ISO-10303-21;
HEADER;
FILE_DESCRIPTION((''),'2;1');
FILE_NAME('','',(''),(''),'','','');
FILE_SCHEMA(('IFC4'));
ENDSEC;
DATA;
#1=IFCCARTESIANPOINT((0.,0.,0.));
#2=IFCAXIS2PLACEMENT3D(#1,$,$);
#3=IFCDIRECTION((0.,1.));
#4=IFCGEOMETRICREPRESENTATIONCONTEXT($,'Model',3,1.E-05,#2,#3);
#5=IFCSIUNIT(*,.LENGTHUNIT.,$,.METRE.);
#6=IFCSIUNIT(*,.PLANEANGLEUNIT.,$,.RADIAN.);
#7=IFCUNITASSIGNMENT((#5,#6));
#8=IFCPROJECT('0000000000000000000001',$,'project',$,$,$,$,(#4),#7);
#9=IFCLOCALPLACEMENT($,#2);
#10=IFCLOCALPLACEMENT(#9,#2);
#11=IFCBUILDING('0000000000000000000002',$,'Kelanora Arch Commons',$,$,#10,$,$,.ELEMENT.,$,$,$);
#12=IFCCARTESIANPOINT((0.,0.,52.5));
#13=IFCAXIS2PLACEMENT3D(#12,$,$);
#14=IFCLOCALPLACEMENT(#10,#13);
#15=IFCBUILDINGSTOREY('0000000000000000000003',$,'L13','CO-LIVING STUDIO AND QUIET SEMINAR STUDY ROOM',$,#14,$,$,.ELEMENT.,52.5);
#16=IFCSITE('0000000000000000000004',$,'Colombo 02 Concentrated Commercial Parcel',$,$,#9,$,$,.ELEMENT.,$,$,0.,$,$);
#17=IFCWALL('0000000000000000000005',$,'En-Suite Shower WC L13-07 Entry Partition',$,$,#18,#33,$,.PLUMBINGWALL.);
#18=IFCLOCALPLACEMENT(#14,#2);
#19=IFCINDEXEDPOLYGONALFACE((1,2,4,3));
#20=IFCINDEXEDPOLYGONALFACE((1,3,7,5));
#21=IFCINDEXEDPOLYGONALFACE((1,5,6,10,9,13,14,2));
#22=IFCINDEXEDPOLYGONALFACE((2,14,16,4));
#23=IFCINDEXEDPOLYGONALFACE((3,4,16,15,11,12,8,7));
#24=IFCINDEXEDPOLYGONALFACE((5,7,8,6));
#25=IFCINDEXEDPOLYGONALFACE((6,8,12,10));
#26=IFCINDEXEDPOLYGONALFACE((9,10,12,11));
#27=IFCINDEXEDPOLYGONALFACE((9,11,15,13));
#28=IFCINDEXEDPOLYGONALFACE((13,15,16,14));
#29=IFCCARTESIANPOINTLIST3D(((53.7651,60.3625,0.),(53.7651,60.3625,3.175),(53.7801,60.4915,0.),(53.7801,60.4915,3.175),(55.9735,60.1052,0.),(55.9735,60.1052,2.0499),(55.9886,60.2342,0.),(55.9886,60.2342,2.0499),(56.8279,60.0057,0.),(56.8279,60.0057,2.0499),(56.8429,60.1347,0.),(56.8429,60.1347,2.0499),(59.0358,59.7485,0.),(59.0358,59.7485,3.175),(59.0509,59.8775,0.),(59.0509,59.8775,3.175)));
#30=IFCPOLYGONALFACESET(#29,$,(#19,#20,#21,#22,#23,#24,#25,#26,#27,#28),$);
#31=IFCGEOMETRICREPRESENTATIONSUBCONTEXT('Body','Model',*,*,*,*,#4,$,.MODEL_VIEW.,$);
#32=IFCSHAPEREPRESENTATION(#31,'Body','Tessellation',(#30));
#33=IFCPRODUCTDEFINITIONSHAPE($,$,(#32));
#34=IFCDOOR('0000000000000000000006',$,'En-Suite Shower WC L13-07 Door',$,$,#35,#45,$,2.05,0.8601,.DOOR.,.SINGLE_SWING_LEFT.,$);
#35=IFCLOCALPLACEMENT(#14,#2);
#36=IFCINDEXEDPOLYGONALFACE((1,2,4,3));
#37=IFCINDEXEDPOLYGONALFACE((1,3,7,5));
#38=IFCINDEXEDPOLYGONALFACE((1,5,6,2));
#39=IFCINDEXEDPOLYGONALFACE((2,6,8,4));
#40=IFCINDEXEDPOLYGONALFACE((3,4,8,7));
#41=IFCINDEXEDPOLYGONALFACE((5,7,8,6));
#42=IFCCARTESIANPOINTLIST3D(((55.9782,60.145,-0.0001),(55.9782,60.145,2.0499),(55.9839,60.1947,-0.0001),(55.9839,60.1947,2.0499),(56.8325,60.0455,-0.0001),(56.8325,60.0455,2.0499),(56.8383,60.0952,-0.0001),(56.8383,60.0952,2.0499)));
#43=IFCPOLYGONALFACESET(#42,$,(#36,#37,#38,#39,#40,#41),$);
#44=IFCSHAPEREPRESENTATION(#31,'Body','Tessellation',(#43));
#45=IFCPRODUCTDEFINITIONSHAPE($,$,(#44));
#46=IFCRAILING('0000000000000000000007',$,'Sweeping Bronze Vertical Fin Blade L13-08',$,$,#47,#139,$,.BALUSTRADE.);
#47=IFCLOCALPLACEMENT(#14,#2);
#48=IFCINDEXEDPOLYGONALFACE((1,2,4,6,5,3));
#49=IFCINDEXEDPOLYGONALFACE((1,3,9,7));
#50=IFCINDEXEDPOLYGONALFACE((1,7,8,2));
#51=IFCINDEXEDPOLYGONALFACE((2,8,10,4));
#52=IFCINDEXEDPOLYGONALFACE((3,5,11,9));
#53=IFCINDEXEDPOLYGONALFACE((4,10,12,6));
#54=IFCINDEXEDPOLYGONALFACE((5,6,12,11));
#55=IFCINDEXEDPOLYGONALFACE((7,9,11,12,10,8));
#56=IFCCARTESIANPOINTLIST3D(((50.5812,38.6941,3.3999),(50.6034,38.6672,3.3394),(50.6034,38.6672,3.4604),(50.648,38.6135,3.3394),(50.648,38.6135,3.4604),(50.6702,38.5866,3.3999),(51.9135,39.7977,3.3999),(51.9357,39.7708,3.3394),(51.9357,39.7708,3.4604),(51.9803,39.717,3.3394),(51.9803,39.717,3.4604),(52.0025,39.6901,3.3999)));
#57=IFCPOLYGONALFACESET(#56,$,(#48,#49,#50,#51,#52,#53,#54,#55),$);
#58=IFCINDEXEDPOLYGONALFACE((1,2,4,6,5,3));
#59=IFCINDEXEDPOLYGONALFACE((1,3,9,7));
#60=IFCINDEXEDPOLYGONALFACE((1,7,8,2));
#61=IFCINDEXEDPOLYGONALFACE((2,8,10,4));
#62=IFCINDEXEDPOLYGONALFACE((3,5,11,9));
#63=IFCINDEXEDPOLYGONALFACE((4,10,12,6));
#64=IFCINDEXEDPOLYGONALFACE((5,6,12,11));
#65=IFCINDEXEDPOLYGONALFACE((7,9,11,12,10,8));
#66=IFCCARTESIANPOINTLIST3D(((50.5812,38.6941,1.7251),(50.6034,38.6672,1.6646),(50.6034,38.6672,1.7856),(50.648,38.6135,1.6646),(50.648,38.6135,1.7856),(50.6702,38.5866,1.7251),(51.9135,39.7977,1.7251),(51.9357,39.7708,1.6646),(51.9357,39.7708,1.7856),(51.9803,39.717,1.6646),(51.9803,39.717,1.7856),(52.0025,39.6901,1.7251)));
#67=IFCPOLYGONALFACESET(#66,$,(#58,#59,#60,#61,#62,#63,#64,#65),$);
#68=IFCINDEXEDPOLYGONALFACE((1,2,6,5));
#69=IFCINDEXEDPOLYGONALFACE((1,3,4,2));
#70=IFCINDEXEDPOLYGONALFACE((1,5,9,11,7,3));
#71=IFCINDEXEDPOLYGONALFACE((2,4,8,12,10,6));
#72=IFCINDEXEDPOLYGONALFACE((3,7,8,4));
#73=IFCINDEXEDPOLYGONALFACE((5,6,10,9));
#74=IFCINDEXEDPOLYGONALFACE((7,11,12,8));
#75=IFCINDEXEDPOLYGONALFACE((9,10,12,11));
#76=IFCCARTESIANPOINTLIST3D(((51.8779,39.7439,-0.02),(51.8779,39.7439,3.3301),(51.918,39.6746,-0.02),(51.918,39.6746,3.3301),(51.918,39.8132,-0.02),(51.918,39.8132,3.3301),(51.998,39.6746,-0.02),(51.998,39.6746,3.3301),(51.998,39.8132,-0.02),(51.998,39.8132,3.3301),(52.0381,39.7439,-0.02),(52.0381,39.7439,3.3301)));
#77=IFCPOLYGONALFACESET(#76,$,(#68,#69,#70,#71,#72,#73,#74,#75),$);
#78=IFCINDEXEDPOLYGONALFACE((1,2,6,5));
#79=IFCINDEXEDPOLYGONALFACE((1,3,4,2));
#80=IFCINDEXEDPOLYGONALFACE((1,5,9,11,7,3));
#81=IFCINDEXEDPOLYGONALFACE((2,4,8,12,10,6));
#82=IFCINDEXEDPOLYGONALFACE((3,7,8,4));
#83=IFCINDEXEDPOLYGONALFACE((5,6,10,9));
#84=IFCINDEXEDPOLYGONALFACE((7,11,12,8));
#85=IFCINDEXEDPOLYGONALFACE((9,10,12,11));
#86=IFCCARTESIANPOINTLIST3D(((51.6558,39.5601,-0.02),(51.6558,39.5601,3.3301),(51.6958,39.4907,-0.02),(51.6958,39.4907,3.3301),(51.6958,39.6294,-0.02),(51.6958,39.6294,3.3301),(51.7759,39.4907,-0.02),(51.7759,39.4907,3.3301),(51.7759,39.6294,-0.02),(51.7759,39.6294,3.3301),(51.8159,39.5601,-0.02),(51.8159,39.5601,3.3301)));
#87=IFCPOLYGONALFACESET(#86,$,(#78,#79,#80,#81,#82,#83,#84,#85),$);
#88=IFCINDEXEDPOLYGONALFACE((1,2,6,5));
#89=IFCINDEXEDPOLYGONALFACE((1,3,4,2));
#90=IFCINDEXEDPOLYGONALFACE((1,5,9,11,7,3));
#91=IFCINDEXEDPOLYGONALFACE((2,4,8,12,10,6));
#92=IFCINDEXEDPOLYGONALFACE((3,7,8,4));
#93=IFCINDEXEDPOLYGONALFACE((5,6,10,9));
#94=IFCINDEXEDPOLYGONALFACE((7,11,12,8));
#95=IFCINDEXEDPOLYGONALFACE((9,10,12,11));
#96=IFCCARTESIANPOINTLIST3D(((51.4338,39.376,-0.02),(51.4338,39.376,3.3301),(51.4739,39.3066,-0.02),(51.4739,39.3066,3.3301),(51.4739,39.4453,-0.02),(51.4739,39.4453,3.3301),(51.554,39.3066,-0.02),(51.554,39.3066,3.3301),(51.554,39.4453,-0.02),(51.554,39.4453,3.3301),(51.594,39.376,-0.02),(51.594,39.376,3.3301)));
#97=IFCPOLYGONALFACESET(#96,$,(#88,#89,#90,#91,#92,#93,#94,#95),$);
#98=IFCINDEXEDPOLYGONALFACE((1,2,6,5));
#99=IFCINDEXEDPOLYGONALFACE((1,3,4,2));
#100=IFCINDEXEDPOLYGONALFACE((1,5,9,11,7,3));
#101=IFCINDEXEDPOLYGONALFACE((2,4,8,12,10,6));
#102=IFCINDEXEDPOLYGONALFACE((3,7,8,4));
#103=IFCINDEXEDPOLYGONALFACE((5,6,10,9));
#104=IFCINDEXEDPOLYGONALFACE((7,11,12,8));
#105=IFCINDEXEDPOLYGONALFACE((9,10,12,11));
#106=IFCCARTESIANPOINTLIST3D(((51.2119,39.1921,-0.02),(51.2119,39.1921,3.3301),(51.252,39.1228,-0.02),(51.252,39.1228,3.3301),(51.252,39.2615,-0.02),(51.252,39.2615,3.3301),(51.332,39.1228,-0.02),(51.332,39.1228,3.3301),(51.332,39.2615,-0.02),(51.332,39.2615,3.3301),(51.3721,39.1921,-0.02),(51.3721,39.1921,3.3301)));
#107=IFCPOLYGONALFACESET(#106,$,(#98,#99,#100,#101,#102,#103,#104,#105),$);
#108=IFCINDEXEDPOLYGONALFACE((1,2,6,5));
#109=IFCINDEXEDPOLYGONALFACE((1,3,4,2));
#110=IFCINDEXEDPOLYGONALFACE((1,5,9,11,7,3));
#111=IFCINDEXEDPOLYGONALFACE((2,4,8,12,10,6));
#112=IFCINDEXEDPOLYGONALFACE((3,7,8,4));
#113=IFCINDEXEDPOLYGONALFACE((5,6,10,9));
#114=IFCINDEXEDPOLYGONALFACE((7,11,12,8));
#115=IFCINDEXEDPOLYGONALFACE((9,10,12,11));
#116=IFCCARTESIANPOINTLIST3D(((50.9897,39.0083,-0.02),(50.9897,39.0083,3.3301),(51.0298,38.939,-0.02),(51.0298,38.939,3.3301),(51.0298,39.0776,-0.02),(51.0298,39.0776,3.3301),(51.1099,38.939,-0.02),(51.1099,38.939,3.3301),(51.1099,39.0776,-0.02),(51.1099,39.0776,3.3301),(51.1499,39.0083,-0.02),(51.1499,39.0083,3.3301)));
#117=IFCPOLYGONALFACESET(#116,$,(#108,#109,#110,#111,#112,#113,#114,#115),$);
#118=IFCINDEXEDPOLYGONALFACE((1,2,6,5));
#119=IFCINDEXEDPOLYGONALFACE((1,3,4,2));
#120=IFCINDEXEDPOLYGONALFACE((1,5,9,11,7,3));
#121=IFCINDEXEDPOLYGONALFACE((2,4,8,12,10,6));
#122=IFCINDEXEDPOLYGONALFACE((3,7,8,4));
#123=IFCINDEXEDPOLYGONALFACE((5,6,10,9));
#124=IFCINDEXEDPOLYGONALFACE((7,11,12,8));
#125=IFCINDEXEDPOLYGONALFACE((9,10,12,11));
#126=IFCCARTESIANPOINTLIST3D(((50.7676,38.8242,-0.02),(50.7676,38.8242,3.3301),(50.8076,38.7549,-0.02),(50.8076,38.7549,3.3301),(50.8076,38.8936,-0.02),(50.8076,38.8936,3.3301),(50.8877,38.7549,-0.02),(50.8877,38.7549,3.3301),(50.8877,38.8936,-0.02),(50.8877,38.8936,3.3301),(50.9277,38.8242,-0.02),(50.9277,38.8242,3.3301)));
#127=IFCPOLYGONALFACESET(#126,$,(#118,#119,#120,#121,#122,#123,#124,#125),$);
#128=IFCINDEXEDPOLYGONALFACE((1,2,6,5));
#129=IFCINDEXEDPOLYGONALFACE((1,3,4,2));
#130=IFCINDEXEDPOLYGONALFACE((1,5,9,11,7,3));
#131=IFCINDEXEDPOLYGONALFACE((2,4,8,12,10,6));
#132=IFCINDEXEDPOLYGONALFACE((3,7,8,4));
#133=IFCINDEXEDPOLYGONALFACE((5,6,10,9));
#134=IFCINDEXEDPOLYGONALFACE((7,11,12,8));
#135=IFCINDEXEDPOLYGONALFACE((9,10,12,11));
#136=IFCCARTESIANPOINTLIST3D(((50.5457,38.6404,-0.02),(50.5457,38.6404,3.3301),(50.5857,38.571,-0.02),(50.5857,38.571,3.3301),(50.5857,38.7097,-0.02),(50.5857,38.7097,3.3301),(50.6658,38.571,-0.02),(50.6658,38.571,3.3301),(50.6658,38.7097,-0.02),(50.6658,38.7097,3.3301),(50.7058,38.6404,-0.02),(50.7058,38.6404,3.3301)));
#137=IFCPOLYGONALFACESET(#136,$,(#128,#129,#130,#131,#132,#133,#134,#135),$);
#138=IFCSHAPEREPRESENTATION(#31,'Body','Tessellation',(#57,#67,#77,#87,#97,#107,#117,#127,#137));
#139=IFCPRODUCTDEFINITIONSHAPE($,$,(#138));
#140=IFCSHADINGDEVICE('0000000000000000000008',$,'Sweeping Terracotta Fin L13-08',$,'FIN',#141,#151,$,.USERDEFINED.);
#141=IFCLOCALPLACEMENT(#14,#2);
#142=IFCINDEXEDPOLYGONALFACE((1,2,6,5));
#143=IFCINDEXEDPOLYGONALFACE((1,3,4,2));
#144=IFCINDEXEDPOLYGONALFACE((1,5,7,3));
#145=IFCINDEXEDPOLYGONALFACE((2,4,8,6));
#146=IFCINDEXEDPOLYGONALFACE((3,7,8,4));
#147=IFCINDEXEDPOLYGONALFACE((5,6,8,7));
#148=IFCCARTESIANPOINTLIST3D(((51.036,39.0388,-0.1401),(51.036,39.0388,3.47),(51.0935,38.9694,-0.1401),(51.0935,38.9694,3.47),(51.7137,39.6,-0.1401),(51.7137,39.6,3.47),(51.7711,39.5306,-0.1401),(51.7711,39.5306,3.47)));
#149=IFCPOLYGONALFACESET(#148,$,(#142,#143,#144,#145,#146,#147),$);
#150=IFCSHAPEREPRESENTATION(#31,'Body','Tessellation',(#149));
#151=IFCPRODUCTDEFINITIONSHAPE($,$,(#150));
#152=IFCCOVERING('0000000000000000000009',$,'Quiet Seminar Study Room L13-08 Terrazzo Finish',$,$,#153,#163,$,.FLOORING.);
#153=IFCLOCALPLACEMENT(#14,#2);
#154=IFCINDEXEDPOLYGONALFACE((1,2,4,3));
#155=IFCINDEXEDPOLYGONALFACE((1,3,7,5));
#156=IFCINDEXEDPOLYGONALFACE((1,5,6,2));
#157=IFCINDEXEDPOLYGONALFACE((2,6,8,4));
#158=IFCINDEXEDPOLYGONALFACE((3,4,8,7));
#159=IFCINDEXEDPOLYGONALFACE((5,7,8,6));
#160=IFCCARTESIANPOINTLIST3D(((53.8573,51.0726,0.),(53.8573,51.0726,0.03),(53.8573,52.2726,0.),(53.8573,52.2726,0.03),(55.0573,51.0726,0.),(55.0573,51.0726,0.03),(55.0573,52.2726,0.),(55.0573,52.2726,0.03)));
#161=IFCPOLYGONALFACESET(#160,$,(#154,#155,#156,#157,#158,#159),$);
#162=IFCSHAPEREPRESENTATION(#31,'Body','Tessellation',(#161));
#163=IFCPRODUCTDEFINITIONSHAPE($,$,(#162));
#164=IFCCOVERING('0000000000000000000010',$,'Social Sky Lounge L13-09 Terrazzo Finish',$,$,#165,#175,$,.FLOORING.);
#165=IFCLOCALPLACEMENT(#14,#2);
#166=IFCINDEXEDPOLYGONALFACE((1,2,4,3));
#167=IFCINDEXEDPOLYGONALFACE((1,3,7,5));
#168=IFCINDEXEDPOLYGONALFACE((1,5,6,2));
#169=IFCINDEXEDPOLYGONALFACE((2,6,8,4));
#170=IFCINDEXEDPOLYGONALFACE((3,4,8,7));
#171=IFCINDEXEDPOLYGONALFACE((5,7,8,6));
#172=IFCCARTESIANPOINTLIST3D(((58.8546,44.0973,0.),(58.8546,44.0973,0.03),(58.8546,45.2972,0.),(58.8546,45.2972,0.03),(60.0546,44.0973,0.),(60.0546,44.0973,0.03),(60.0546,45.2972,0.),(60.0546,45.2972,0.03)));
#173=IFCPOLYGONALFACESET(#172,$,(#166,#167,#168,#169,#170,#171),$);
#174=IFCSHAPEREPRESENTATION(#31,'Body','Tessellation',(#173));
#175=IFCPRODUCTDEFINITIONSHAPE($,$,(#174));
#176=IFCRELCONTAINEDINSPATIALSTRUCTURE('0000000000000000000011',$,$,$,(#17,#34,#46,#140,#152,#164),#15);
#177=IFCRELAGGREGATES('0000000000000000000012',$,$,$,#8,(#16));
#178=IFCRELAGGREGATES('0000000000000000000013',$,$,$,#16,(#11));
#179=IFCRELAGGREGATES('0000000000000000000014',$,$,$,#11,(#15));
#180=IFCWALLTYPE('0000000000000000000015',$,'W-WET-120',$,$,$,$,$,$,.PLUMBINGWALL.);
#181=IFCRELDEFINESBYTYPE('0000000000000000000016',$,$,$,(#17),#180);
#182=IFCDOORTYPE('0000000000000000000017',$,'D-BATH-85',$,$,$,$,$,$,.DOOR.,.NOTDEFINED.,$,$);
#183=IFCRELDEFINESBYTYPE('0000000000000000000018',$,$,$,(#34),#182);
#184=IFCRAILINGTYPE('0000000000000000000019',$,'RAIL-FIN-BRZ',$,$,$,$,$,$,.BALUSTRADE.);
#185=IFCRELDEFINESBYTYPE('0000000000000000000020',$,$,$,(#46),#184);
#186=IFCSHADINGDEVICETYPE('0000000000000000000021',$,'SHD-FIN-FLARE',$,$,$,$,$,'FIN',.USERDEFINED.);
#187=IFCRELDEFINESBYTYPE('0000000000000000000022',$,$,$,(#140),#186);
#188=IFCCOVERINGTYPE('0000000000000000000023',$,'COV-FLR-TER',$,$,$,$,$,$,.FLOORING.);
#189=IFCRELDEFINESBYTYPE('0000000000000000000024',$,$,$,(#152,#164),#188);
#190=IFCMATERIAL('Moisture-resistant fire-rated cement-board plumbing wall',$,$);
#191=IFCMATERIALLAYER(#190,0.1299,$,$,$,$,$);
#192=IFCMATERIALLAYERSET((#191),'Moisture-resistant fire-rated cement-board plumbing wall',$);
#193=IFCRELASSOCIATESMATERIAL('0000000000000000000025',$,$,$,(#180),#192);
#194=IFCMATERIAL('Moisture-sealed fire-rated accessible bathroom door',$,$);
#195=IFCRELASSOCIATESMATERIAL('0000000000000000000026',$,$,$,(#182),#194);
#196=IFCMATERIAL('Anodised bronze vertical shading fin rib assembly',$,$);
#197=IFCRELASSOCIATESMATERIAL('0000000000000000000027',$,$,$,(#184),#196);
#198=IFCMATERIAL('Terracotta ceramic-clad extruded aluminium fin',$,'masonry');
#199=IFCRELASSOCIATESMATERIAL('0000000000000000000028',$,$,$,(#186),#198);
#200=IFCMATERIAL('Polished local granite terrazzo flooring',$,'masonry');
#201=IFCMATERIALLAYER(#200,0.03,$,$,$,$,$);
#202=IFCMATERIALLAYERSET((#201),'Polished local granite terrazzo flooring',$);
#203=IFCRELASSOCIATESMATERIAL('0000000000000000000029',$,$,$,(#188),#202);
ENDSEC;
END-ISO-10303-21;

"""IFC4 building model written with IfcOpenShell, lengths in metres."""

from ifc_helpers import new_model, si_unit, direction, frame, frame_2d, origin, origin_2d, place, context, subcontext, project, spatial, polyline, rectangle, outline, extrude, source, transform, mapped, material, layer, layer_set, type_object, element, fill, save


model = new_model("IFC4")

# Units and contexts
model_context = context("Model", 3, precision=1e-05, world=origin(), true_north=direction((0.0, 1.0)))
body_context = subcontext(model_context, "Body", "Model", "MODEL_VIEW")
ifc_project = project(units=[si_unit("LENGTHUNIT", "METRE"), si_unit("PLANEANGLEUNIT", "RADIAN")], contexts=[model_context])

# Site, building, storey
site_placement = place(None, origin())
site = spatial("IfcSite", under=ifc_project, at=site_placement, Name="Colombo 02 Concentrated Commercial Parcel", CompositionType="ELEMENT", RefElevation=0.0)
building_placement = place(site_placement, origin())
building = spatial("IfcBuilding", under=site, at=building_placement, Name="Kelanora Arch Commons", CompositionType="ELEMENT")
storey_placement = place(building_placement, frame((0.0, 0.0, 52.5)))
storey = spatial("IfcBuildingStorey", under=building, at=storey_placement, Name="L13", Description="CO-LIVING STUDIO AND QUIET SEMINAR STUDY ROOM", CompositionType="ELEMENT", Elevation=52.5)

# Wall, opening, door
ifc_material_1 = material(Name="Moisture-resistant fire-rated cement-board plumbing wall")
ifc_layer_1 = layer(ifc_material_1, 0.1299)
ifc_layer_set_1 = layer_set([ifc_layer_1], Name="Moisture-resistant fire-rated cement-board plumbing wall")
wall_type_1 = type_object("IfcWallType", Name="W-WET-120", PredefinedType="PLUMBINGWALL", material=ifc_layer_set_1)
wall_1_placement = place(storey_placement, frame((59.0435, 59.813, 0.0), z_axis=(0.0, 0.0, 1.0), x_axis=(-0.993283, 0.115712, 0.0)))
wall_1 = element("IfcWall", 1, at=wall_1_placement, inside=storey, type_object=wall_type_1, Name="En-Suite Shower WC L13-07 Entry Partition", PredefinedType="PLUMBINGWALL", context=body_context, shape_type="SweptSolid", body=[
    extrude(rectangle(XDim=5.3064, YDim=0.1299, at=frame_2d((2.6533, 0.0))), origin(), (0.0, 0.0, 1.0), 3.175),
])
opening_1_placement = place(wall_1_placement, frame((2.2229, 0.0, 0.0)))
opening_1 = element("IfcOpeningElement", 2, at=opening_1_placement, cuts=wall_1, PredefinedType="OPENING", context=body_context, shape_type="SweptSolid", body=[
    extrude(rectangle(XDim=0.8601, YDim=2.05, at=frame_2d((0.4302, 1.0249))), frame((0.0, 0.075, 0.0), z_axis=(0.0, -1.0, 0.0), x_axis=(1.0, 0.0, 0.0)), (0.0, 0.0, 1.0), 0.1499),
])
ifc_material_2 = material(Name="Moisture-sealed fire-rated accessible bathroom door")
door_type_1 = type_object("IfcDoorType", Name="D-BATH-85", OperationType="NOTDEFINED", PredefinedType="DOOR", material=ifc_material_2)
door_1_placement = place(opening_1_placement, origin())
door_1 = element("IfcDoor", 3, at=door_1_placement, inside=storey, type_object=door_type_1, Name="En-Suite Shower WC L13-07 Door", OperationType="SINGLE_SWING_LEFT", OverallHeight=2.05, OverallWidth=0.8601, PredefinedType="DOOR", context=body_context, shape_type="SweptSolid", body=[
    extrude(rectangle(XDim=0.8601, YDim=2.05, at=frame_2d((0.4302, 1.0249))), frame((0.0, 0.0249, 0.0), z_axis=(0.0, -1.0, 0.0), x_axis=(1.0, 0.0, 0.0)), (0.0, 0.0, 1.0), 0.05),
])
fill(opening_1, door_1)

# Railing
ifc_material_3 = material(Name="Anodised bronze vertical shading fin rib assembly")
railing_type = type_object("IfcRailingType", Name="RAIL-FIN-BRZ", PredefinedType="BALUSTRADE", material=ifc_material_3)
railing_placement = place(storey_placement, frame((51.958, 39.7439, -0.02)))
element("IfcRailing", 4, at=railing_placement, inside=storey, type_object=railing_type, Name="Sweeping Bronze Vertical Fin Blade L13-08", PredefinedType="BALUSTRADE", context=body_context, shape_type="SweptSolid", body=[
    extrude(outline(polyline([(0.0698, 0.0), (0.0349, 0.0605), (-0.0349, 0.0605), (-0.0698, 0.0), (-0.0349, -0.0605), (0.0349, -0.0605), (0.0698, 0.0)])), frame((0.0, 0.0, 3.4199), z_axis=(-0.770127, -0.637891, 0.0), x_axis=(0.637891, -0.770127, 0.0)), (0.0, 0.0, 1.0), 1.73),
    extrude(outline(polyline([(0.0698, 0.0), (0.0349, 0.0605), (-0.0349, 0.0605), (-0.0698, 0.0), (-0.0349, -0.0605), (0.0349, -0.0605), (0.0698, 0.0)])), frame((0.0, 0.0, 1.7451), z_axis=(-0.770127, -0.637891, 0.0), x_axis=(0.637891, -0.770127, 0.0)), (0.0, 0.0, 1.0), 1.73),
    extrude(outline(polyline([(0.0801, 0.0), (0.04, 0.0693), (-0.04, 0.0693), (-0.0801, 0.0), (-0.04, -0.0693), (0.04, -0.0693), (0.0801, 0.0)])), origin(), (0.0, 0.0, 1.0), 3.3501),
    extrude(outline(polyline([(0.0801, 0.0), (0.04, 0.0693), (-0.04, 0.0693), (-0.0801, 0.0), (-0.04, -0.0693), (0.04, -0.0693), (0.0801, 0.0)])), frame((-0.2222, -0.1838, 0.0)), (0.0, 0.0, 1.0), 3.3501),
    extrude(outline(polyline([(0.0801, 0.0), (0.04, 0.0693), (-0.04, 0.0693), (-0.0801, 0.0), (-0.04, -0.0693), (0.04, -0.0693), (0.0801, 0.0)])), frame((-0.4441, -0.3679, 0.0)), (0.0, 0.0, 1.0), 3.3501),
    extrude(outline(polyline([(0.0801, 0.0), (0.04, 0.0693), (-0.04, 0.0693), (-0.0801, 0.0), (-0.04, -0.0693), (0.04, -0.0693), (0.0801, 0.0)])), frame((-0.666, -0.5518, 0.0)), (0.0, 0.0, 1.0), 3.3501),
    extrude(outline(polyline([(0.0801, 0.0), (0.04, 0.0693), (-0.04, 0.0693), (-0.0801, 0.0), (-0.04, -0.0693), (0.04, -0.0693), (0.0801, 0.0)])), frame((-0.8882, -0.7356, 0.0)), (0.0, 0.0, 1.0), 3.3501),
    extrude(outline(polyline([(0.0801, 0.0), (0.04, 0.0693), (-0.04, 0.0693), (-0.0801, 0.0), (-0.04, -0.0693), (0.04, -0.0693), (0.0801, 0.0)])), frame((-1.1104, -0.9197, 0.0)), (0.0, 0.0, 1.0), 3.3501),
    extrude(outline(polyline([(0.0801, 0.0), (0.04, 0.0693), (-0.04, 0.0693), (-0.0801, 0.0), (-0.04, -0.0693), (0.04, -0.0693), (0.0801, 0.0)])), frame((-1.3323, -1.1035, 0.0)), (0.0, 0.0, 1.0), 3.3501),
])

# Shading device
ifc_material_4 = material(Name="Terracotta ceramic-clad extruded aluminium fin", Category="masonry")
shading_device_type = type_object("IfcShadingDeviceType", Name="SHD-FIN-FLARE", ElementType="FIN", PredefinedType="USERDEFINED", material=ifc_material_4)
shared_shape_1 = source(origin(), body_context, "Body", "SweptSolid", [
    extrude(rectangle(XDim=0.8799, YDim=0.0901, at=origin_2d()), origin(), (0.0, 0.0, 1.0), 3.6101),
])
shading_device_placement = place(storey_placement, frame((51.4036, 39.2847, -0.1401), z_axis=(0.0, 0.0, 1.0), x_axis=(-0.770179, -0.637827, 0.0)))
element("IfcShadingDevice", 5, at=shading_device_placement, inside=storey, type_object=shading_device_type, Name="Sweeping Terracotta Fin L13-08", ObjectType="FIN", PredefinedType="USERDEFINED", context=body_context, shape_type="MappedRepresentation", body=[
    mapped(shared_shape_1, transform((0.0, 0.0, 0.0), scale=1.0)),
])

# Coverings
ifc_material_5 = material(Name="Polished local granite terrazzo flooring", Category="masonry")
ifc_layer_2 = layer(ifc_material_5, 0.03)
ifc_layer_set_2 = layer_set([ifc_layer_2], Name="Polished local granite terrazzo flooring")
covering_type = type_object("IfcCoveringType", Name="COV-FLR-TER", PredefinedType="FLOORING", material=ifc_layer_set_2)
shared_shape_2 = source(origin(), body_context, "Body", "SweptSolid", [
    extrude(rectangle(XDim=1.2, YDim=1.2, at=origin_2d()), origin(), (0.0, 0.0, 1.0), 0.03),
])
for number, where, z_axis, x_axis, name in (
    (6, (54.4573, 51.6726, 0.0), (0.0, 0.0, 1.0), (1.0, 0.0, 0.0), "Quiet Seminar Study Room L13-08 Terrazzo Finish"),
    (7, (59.4546, 44.6973, 0.0), (0.0, 0.0, 1.0), (1.0, 0.0, 0.0), "Social Sky Lounge L13-09 Terrazzo Finish"),
):
    element("IfcCovering", number, at=place(storey_placement, frame(where, z_axis=z_axis, x_axis=x_axis)), inside=storey, type_object=covering_type, Name=name, PredefinedType="FLOORING", context=body_context, shape_type="MappedRepresentation", body=[
        mapped(shared_shape_2, transform((0.0, 0.0, 0.0), scale=1.0)),
    ])

save(model, "model.ifc")
